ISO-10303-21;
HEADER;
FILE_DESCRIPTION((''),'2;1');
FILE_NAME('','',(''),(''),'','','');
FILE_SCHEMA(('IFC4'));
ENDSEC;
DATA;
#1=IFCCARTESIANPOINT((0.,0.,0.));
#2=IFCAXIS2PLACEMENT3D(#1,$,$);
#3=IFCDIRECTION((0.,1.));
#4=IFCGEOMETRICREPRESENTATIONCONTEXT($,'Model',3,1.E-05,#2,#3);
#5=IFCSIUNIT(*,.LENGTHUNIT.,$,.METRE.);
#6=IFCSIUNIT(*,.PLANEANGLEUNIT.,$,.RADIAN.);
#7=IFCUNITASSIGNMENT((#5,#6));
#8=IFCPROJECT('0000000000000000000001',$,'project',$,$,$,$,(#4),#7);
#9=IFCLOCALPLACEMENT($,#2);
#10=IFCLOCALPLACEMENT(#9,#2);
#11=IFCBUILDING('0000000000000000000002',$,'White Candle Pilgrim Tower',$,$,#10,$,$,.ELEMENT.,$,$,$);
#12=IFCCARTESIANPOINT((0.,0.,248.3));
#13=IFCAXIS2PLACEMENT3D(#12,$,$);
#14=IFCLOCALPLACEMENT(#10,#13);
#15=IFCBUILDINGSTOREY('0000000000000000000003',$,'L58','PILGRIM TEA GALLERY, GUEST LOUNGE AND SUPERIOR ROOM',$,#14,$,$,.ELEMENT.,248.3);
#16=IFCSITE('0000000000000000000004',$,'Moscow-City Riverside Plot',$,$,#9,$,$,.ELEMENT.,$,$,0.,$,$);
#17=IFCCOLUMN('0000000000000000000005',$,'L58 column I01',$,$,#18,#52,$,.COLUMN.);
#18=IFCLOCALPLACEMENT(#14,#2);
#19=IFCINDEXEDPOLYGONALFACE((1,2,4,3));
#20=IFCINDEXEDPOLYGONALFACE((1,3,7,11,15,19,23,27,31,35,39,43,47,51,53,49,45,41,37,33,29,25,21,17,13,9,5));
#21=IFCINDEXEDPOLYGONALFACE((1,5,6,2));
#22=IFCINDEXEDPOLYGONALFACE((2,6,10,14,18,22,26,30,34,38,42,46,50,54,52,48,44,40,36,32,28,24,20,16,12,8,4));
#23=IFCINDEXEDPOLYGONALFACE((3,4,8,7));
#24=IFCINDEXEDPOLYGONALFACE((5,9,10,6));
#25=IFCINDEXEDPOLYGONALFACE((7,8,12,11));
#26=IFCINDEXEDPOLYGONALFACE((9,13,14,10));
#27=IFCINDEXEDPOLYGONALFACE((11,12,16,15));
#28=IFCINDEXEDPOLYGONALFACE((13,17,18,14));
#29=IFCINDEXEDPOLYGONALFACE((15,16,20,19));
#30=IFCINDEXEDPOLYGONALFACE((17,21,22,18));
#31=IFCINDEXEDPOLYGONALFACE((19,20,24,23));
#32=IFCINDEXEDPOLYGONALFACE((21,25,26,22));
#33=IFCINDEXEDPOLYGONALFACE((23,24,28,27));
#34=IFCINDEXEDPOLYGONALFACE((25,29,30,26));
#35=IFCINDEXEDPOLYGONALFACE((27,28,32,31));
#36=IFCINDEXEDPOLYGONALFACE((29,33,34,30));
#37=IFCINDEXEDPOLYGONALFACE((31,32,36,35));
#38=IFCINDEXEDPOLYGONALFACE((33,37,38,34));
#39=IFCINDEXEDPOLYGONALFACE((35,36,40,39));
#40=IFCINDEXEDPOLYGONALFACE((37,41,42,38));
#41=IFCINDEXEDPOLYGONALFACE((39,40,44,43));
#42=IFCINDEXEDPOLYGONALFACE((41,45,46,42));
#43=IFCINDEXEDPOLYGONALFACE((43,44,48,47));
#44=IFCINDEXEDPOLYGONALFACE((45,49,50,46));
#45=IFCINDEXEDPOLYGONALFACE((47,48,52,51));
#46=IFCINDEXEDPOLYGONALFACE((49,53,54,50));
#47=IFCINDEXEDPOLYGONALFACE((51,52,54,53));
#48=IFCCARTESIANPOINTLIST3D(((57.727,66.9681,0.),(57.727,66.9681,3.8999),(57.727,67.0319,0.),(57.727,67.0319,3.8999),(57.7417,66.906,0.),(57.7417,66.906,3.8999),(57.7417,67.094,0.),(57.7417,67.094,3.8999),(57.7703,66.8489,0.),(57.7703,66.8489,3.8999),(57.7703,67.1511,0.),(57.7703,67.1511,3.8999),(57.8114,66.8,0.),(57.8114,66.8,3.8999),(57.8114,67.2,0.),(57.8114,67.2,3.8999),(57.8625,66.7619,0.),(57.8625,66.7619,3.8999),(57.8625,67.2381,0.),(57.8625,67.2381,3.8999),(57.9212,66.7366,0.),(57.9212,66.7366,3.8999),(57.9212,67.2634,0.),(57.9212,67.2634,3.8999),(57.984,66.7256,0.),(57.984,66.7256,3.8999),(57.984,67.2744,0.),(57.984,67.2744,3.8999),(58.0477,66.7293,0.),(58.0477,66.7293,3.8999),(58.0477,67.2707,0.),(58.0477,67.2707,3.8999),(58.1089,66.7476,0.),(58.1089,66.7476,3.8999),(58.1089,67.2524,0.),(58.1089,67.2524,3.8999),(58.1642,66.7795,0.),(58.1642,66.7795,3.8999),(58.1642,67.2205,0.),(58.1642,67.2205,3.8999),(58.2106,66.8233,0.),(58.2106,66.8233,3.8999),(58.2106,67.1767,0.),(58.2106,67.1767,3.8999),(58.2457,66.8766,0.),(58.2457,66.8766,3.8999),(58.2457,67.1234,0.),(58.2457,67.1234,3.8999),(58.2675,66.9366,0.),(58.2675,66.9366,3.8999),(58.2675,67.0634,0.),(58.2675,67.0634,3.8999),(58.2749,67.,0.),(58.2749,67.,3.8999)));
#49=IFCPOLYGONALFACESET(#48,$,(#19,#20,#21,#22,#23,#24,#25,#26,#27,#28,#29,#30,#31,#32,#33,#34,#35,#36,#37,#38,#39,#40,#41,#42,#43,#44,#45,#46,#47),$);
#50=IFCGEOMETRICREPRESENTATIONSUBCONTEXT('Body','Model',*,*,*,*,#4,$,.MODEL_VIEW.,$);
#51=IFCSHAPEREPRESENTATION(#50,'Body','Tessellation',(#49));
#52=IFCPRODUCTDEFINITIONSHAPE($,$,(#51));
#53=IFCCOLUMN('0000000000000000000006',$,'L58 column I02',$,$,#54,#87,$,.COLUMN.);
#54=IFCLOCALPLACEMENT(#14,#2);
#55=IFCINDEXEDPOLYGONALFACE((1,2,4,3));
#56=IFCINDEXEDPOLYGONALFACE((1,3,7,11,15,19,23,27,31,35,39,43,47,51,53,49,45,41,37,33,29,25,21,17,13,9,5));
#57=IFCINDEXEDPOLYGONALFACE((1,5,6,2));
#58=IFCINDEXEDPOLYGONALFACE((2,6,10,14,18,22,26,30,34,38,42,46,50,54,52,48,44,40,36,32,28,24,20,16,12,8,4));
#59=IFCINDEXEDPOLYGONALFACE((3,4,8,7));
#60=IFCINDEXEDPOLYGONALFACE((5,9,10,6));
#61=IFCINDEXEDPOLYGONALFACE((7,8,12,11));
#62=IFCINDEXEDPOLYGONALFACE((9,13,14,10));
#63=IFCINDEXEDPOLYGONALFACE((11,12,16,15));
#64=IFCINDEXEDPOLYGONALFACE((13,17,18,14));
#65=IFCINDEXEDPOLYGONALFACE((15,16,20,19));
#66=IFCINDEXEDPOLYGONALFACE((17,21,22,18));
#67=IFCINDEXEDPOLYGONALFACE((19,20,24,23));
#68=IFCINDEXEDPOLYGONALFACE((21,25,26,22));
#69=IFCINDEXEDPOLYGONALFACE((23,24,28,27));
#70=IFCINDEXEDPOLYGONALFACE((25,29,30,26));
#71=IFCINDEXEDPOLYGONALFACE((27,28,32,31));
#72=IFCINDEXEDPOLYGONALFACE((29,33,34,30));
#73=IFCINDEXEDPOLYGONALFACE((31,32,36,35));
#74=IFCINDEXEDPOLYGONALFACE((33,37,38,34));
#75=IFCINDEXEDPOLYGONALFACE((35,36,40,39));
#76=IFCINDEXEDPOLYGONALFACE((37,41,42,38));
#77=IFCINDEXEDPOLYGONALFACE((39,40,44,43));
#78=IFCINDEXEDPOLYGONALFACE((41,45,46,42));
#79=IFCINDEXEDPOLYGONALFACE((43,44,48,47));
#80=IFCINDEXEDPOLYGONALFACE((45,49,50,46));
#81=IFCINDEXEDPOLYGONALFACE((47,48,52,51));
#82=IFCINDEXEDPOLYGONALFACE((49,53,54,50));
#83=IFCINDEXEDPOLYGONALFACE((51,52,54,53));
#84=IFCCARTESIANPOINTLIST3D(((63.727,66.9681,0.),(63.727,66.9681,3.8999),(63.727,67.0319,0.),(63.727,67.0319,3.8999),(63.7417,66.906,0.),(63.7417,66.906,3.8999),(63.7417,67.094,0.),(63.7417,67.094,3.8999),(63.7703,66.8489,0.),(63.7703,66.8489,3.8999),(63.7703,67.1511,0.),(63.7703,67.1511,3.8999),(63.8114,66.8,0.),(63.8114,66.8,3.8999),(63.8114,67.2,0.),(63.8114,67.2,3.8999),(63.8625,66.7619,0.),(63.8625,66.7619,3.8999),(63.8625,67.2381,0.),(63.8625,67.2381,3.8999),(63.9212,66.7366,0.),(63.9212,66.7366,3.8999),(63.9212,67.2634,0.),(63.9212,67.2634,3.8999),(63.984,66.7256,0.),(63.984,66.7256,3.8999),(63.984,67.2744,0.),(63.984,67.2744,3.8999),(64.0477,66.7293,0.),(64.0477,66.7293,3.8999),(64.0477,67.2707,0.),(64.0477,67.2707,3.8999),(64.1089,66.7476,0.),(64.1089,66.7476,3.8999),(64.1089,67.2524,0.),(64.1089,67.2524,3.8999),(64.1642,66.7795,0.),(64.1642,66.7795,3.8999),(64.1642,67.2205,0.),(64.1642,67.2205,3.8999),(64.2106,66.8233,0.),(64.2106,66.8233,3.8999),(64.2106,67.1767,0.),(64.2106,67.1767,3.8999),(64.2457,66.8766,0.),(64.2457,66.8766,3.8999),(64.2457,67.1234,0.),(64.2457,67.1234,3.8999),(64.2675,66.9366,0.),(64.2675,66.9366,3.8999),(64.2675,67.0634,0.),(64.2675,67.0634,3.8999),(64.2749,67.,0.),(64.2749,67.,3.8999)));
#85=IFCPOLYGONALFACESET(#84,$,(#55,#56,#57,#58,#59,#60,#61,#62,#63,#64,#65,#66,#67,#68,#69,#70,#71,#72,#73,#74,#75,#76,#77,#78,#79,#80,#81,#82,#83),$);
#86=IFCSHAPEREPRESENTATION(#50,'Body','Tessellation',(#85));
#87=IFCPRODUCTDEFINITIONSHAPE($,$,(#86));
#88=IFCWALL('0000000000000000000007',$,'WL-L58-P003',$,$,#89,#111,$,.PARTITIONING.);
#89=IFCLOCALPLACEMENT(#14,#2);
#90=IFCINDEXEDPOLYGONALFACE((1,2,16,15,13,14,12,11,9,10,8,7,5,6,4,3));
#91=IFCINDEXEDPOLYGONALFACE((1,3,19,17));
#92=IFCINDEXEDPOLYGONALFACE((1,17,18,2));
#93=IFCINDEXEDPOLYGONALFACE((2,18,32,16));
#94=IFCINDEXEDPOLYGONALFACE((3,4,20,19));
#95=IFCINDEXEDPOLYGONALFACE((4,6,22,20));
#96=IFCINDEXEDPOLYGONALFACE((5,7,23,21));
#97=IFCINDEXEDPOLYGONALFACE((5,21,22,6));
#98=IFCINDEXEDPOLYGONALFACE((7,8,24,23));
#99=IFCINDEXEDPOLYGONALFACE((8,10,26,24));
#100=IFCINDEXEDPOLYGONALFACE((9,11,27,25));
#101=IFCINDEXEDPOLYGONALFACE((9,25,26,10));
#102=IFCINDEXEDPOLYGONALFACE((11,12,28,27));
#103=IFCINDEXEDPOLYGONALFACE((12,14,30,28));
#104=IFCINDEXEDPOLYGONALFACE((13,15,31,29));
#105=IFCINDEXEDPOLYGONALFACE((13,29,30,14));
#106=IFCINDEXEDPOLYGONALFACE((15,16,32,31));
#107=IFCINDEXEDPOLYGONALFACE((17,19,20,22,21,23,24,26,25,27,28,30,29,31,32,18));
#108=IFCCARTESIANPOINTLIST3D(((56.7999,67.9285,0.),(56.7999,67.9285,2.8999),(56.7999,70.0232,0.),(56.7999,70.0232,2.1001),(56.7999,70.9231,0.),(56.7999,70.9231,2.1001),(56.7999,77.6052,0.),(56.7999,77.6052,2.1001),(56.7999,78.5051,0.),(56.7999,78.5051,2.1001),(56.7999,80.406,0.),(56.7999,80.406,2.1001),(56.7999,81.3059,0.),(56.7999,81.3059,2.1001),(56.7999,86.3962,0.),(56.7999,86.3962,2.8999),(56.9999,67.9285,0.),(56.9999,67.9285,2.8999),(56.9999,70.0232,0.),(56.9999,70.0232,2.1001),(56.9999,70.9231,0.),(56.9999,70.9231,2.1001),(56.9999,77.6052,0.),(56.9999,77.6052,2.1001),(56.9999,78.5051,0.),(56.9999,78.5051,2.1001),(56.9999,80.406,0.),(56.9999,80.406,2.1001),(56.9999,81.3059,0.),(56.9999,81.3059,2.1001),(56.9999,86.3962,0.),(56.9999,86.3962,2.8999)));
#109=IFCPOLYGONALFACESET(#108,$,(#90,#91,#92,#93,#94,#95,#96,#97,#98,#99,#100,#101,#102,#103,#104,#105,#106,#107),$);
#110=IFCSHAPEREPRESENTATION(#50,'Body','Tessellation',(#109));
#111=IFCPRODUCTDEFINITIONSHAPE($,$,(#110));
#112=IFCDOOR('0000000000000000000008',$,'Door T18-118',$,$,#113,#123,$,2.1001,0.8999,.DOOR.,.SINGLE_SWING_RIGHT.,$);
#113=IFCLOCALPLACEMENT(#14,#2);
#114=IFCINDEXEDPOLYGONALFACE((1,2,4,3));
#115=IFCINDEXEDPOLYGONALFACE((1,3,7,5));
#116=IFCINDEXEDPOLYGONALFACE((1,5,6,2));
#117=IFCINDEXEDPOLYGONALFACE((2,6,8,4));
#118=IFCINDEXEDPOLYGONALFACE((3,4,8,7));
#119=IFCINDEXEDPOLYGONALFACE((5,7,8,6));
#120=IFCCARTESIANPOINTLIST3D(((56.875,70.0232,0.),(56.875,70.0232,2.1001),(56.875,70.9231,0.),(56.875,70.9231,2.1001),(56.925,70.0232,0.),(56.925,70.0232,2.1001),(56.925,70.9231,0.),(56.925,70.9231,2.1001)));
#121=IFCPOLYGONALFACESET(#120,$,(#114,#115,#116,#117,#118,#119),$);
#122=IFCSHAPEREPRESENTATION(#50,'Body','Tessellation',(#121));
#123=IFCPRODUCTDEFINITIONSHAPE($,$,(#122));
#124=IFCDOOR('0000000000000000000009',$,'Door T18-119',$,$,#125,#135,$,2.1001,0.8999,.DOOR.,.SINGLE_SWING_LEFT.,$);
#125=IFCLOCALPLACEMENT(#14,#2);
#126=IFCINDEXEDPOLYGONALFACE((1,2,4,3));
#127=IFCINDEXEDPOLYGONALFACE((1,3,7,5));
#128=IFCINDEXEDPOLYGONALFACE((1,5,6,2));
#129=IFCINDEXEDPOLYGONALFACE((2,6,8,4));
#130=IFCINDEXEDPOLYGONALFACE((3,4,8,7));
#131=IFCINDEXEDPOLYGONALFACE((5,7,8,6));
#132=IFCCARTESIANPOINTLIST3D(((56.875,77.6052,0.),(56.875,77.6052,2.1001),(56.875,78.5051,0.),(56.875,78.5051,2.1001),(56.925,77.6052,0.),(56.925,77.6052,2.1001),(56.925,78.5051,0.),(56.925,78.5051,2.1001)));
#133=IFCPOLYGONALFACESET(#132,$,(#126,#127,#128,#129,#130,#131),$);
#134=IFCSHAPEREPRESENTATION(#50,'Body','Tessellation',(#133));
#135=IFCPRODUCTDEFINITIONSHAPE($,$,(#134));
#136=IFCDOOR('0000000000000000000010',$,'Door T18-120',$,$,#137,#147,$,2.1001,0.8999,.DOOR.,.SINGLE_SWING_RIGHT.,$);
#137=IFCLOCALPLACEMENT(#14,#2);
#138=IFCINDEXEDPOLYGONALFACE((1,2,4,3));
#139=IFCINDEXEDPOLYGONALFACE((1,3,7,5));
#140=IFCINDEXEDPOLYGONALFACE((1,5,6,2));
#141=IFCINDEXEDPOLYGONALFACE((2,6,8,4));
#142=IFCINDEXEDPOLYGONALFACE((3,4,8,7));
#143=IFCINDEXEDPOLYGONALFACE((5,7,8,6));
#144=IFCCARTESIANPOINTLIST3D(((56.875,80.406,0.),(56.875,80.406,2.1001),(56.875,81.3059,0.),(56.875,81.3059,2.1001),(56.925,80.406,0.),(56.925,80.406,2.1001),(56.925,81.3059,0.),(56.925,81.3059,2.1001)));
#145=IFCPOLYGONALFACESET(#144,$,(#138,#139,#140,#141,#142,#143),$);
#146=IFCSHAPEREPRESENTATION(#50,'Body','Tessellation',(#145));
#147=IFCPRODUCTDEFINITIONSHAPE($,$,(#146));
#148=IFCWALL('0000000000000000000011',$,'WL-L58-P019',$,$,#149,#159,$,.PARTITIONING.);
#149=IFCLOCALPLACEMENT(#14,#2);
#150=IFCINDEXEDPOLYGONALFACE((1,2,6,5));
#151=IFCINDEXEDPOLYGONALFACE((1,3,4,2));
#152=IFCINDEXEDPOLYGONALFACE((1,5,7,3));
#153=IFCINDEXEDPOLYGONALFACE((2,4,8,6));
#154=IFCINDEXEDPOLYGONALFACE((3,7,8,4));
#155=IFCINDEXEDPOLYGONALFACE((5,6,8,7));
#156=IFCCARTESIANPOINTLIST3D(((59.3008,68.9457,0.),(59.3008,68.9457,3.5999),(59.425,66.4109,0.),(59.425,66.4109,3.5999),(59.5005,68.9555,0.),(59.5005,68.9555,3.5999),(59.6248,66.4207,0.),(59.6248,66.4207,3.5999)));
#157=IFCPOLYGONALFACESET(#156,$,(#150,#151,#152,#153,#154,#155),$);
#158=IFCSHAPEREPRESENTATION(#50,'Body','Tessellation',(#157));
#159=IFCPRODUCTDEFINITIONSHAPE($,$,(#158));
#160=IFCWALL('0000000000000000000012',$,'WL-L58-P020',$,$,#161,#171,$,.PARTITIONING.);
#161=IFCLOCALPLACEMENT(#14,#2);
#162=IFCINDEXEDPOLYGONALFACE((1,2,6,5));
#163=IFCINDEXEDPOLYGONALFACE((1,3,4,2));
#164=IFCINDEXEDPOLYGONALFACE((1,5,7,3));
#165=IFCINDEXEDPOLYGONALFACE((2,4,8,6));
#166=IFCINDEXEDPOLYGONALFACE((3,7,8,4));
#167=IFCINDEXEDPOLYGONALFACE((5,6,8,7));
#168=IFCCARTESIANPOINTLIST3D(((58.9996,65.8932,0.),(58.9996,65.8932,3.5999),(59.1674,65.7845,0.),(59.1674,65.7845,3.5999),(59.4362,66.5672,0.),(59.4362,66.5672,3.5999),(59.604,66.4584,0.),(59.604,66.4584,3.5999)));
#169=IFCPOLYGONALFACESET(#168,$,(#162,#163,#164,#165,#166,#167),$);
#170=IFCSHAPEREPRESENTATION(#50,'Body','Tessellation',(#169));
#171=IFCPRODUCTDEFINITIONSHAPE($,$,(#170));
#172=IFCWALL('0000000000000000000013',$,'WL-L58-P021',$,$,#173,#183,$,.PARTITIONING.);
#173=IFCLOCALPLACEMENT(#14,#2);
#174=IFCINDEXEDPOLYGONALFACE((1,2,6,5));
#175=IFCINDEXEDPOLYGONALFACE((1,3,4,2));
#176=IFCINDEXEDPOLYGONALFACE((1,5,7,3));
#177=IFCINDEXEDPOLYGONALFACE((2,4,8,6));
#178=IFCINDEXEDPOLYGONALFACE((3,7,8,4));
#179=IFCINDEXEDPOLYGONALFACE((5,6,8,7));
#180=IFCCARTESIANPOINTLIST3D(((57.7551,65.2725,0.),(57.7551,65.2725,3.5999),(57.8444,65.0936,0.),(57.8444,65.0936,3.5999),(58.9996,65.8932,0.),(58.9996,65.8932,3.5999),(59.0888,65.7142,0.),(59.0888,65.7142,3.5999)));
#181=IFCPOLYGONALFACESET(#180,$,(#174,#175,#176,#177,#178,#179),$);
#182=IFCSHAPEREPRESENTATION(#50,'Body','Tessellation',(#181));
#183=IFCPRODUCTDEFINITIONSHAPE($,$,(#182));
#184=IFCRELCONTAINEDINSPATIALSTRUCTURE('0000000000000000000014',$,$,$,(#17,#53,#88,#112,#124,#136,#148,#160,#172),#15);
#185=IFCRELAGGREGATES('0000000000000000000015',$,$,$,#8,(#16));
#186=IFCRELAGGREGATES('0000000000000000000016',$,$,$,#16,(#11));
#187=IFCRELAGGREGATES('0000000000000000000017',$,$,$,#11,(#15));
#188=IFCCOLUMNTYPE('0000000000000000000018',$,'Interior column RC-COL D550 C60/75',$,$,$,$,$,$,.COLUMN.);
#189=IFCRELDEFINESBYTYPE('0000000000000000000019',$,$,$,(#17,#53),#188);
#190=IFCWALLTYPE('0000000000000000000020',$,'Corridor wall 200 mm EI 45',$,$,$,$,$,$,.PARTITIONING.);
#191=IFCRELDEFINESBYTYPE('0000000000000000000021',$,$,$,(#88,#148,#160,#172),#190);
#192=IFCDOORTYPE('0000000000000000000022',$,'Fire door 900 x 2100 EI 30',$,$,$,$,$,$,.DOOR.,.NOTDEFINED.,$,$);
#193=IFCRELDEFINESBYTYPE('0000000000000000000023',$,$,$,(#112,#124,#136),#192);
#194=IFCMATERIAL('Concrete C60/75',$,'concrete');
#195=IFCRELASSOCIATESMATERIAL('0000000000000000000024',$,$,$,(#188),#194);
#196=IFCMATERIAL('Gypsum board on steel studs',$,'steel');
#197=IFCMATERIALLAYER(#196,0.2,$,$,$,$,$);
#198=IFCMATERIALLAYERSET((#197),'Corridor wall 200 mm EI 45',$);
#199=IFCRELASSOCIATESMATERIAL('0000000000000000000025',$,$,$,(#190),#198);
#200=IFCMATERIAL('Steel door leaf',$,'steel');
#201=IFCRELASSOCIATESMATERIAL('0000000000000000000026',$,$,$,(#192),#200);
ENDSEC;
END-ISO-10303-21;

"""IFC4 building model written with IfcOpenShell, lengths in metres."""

from ifc_helpers import new_model, si_unit, direction, frame, frame_2d, origin, origin_2d, place, context, subcontext, project, spatial, rectangle, circle, extrude, material, layer, layer_set, material_profile, profile_set, type_object, element, fill, save


model = new_model("IFC4")

# Units and contexts
model_context = context("Model", 3, precision=1e-05, world=origin(), true_north=direction((0.0, 1.0)))
body_context = subcontext(model_context, "Body", "Model", "MODEL_VIEW")
ifc_project = project(units=[si_unit("LENGTHUNIT", "METRE"), si_unit("PLANEANGLEUNIT", "RADIAN")], contexts=[model_context])

# Site, building, storey
site_placement = place(None, origin())
site = spatial("IfcSite", under=ifc_project, at=site_placement, Name="Moscow-City Riverside Plot", CompositionType="ELEMENT", RefElevation=0.0)
building_placement = place(site_placement, origin())
building = spatial("IfcBuilding", under=site, at=building_placement, Name="White Candle Pilgrim Tower", CompositionType="ELEMENT")
storey_placement = place(building_placement, frame((0.0, 0.0, 248.3)))
storey = spatial("IfcBuildingStorey", under=building, at=storey_placement, Name="L58", Description="PILGRIM TEA GALLERY, GUEST LOUNGE AND SUPERIOR ROOM", CompositionType="ELEMENT", Elevation=248.3)

# Columns
ifc_material_1 = material(Name="Concrete C60/75", Category="concrete")
ifc_material_profile = material_profile(ifc_material_1, circle(Radius=0.2749, at=origin_2d()), Name="RC-COL D550")
ifc_profile_set = profile_set([ifc_material_profile], Name="Concrete C60/75")
column_type = type_object("IfcColumnType", Name="Interior column RC-COL D550 C60/75", PredefinedType="COLUMN", material=ifc_profile_set)
for number, where, z_axis, x_axis, name in (
    (1, (58.0, 67.0, 0.0), (0.0, 0.0, 1.0), (1.0, 0.0, 0.0), "L58 column I01"),
    (2, (64.0, 67.0, 0.0), (0.0, 0.0, 1.0), (1.0, 0.0, 0.0), "L58 column I02"),
):
    element("IfcColumn", number, at=place(storey_placement, frame(where, z_axis=z_axis, x_axis=x_axis)), inside=storey, type_object=column_type, Name=name, PredefinedType="COLUMN", context=body_context, shape_type="SweptSolid", body=[
        extrude(circle(Radius=0.2749, at=origin_2d()), origin(), (0.0, 0.0, 1.0), 3.8999),
    ])

# Wall, openings, doors
ifc_material_2 = material(Name="Gypsum board on steel studs", Category="steel")
ifc_layer_1 = layer(ifc_material_2, 0.2)
ifc_layer_set_1 = layer_set([ifc_layer_1], Name="Corridor wall 200 mm EI 45")
wall_type_1 = type_object("IfcWallType", Name="Corridor wall 200 mm EI 45", PredefinedType="PARTITIONING", material=ifc_layer_set_1)
wall_1_placement = place(storey_placement, frame((56.8999, 67.9285, 0.0), z_axis=(0.0, 0.0, 1.0), x_axis=(0.0, 1.0, 0.0)))
wall_1 = element("IfcWall", 3, at=wall_1_placement, inside=storey, type_object=wall_type_1, Name="WL-L58-P003", PredefinedType="PARTITIONING", context=body_context, shape_type="SweptSolid", body=[
    extrude(rectangle(XDim=18.4678, YDim=0.2, at=frame_2d((9.2339, 0.0))), origin(), (0.0, 0.0, 1.0), 2.8999),
])
opening_1_placement = place(wall_1_placement, frame((2.0947, 0.0, 0.0)))
opening_1 = element("IfcOpeningElement", 4, at=opening_1_placement, cuts=wall_1, PredefinedType="OPENING", context=body_context, shape_type="SweptSolid", body=[
    extrude(rectangle(XDim=0.8999, YDim=2.1001, at=frame_2d((0.45, 1.05))), frame((0.0, 0.1099, 0.0), z_axis=(0.0, -1.0, 0.0), x_axis=(1.0, 0.0, 0.0)), (0.0, 0.0, 1.0), 0.22),
])
opening_2_placement = place(wall_1_placement, frame((9.6768, 0.0, 0.0)))
opening_2 = element("IfcOpeningElement", 5, at=opening_2_placement, cuts=wall_1, PredefinedType="OPENING", context=body_context, shape_type="SweptSolid", body=[
    extrude(rectangle(XDim=0.8999, YDim=2.1001, at=frame_2d((0.45, 1.05))), frame((0.0, 0.1099, 0.0), z_axis=(0.0, -1.0, 0.0), x_axis=(1.0, 0.0, 0.0)), (0.0, 0.0, 1.0), 0.22),
])
opening_3_placement = place(wall_1_placement, frame((12.4775, 0.0, 0.0)))
opening_3 = element("IfcOpeningElement", 6, at=opening_3_placement, cuts=wall_1, PredefinedType="OPENING", context=body_context, shape_type="SweptSolid", body=[
    extrude(rectangle(XDim=0.8999, YDim=2.1001, at=frame_2d((0.45, 1.05))), frame((0.0, 0.1099, 0.0), z_axis=(0.0, -1.0, 0.0), x_axis=(1.0, 0.0, 0.0)), (0.0, 0.0, 1.0), 0.22),
])
ifc_material_3 = material(Name="Steel door leaf", Category="steel")
door_type_1 = type_object("IfcDoorType", Name="Fire door 900 x 2100 EI 30", OperationType="NOTDEFINED", PredefinedType="DOOR", material=ifc_material_3)
door_1_placement = place(opening_1_placement, origin())
door_1 = element("IfcDoor", 7, at=door_1_placement, inside=storey, type_object=door_type_1, Name="Door T18-118", OperationType="SINGLE_SWING_RIGHT", OverallHeight=2.1001, OverallWidth=0.8999, PredefinedType="DOOR", context=body_context, shape_type="SweptSolid", body=[
    extrude(rectangle(XDim=0.8999, YDim=2.1001, at=frame_2d((0.45, 1.05))), frame((0.0, 0.0249, 0.0), z_axis=(0.0, -1.0, 0.0), x_axis=(1.0, 0.0, 0.0)), (0.0, 0.0, 1.0), 0.05),
])
fill(opening_1, door_1)
door_2_placement = place(opening_2_placement, origin())
door_2 = element("IfcDoor", 8, at=door_2_placement, inside=storey, type_object=door_type_1, Name="Door T18-119", OperationType="SINGLE_SWING_LEFT", OverallHeight=2.1001, OverallWidth=0.8999, PredefinedType="DOOR", context=body_context, shape_type="SweptSolid", body=[
    extrude(rectangle(XDim=0.8999, YDim=2.1001, at=frame_2d((0.45, 1.05))), frame((0.0, 0.0249, 0.0), z_axis=(0.0, -1.0, 0.0), x_axis=(1.0, 0.0, 0.0)), (0.0, 0.0, 1.0), 0.05),
])
fill(opening_2, door_2)
door_3_placement = place(opening_3_placement, origin())
door_3 = element("IfcDoor", 9, at=door_3_placement, inside=storey, type_object=door_type_1, Name="Door T18-120", OperationType="SINGLE_SWING_RIGHT", OverallHeight=2.1001, OverallWidth=0.8999, PredefinedType="DOOR", context=body_context, shape_type="SweptSolid", body=[
    extrude(rectangle(XDim=0.8999, YDim=2.1001, at=frame_2d((0.45, 1.05))), frame((0.0, 0.0249, 0.0), z_axis=(0.0, -1.0, 0.0), x_axis=(1.0, 0.0, 0.0)), (0.0, 0.0, 1.0), 0.05),
])
fill(opening_3, door_3)

# Walls
wall_2_placement = place(storey_placement, frame((59.4006, 68.9507, 0.0), z_axis=(0.0, 0.0, 1.0), x_axis=(0.048964, -0.998801, 0.0)))
element("IfcWall", 10, at=wall_2_placement, inside=storey, type_object=wall_type_1, Name="WL-L58-P019", PredefinedType="PARTITIONING", context=body_context, shape_type="SweptSolid", body=[
    extrude(rectangle(XDim=2.5378, YDim=0.2, at=frame_2d((1.269, 0.0))), origin(), (0.0, 0.0, 1.0), 3.5999),
])
wall_3_placement = place(storey_placement, frame((59.52, 66.5127, 0.0), z_axis=(0.0, 0.0, 1.0), x_axis=(-0.543705, -0.839276, 0.0)))
element("IfcWall", 11, at=wall_3_placement, inside=storey, type_object=wall_type_1, Name="WL-L58-P020", PredefinedType="PARTITIONING", context=body_context, shape_type="SweptSolid", body=[
    extrude(rectangle(XDim=0.803, YDim=0.2, at=frame_2d((0.4014, 0.0))), origin(), (0.0, 0.0, 1.0), 3.5999),
])
wall_4_placement = place(storey_placement, frame((59.0442, 65.8037, 0.0), z_axis=(0.0, 0.0, 1.0), x_axis=(-0.894883, -0.4463, 0.0)))
element("IfcWall", 12, at=wall_4_placement, inside=storey, type_object=wall_type_1, Name="WL-L58-P021", PredefinedType="PARTITIONING", context=body_context, shape_type="SweptSolid", body=[
    extrude(rectangle(XDim=1.3906, YDim=0.2, at=frame_2d((0.6953, 0.0))), origin(), (0.0, 0.0, 1.0), 3.5999),
])

save(model, "model.ifc")
